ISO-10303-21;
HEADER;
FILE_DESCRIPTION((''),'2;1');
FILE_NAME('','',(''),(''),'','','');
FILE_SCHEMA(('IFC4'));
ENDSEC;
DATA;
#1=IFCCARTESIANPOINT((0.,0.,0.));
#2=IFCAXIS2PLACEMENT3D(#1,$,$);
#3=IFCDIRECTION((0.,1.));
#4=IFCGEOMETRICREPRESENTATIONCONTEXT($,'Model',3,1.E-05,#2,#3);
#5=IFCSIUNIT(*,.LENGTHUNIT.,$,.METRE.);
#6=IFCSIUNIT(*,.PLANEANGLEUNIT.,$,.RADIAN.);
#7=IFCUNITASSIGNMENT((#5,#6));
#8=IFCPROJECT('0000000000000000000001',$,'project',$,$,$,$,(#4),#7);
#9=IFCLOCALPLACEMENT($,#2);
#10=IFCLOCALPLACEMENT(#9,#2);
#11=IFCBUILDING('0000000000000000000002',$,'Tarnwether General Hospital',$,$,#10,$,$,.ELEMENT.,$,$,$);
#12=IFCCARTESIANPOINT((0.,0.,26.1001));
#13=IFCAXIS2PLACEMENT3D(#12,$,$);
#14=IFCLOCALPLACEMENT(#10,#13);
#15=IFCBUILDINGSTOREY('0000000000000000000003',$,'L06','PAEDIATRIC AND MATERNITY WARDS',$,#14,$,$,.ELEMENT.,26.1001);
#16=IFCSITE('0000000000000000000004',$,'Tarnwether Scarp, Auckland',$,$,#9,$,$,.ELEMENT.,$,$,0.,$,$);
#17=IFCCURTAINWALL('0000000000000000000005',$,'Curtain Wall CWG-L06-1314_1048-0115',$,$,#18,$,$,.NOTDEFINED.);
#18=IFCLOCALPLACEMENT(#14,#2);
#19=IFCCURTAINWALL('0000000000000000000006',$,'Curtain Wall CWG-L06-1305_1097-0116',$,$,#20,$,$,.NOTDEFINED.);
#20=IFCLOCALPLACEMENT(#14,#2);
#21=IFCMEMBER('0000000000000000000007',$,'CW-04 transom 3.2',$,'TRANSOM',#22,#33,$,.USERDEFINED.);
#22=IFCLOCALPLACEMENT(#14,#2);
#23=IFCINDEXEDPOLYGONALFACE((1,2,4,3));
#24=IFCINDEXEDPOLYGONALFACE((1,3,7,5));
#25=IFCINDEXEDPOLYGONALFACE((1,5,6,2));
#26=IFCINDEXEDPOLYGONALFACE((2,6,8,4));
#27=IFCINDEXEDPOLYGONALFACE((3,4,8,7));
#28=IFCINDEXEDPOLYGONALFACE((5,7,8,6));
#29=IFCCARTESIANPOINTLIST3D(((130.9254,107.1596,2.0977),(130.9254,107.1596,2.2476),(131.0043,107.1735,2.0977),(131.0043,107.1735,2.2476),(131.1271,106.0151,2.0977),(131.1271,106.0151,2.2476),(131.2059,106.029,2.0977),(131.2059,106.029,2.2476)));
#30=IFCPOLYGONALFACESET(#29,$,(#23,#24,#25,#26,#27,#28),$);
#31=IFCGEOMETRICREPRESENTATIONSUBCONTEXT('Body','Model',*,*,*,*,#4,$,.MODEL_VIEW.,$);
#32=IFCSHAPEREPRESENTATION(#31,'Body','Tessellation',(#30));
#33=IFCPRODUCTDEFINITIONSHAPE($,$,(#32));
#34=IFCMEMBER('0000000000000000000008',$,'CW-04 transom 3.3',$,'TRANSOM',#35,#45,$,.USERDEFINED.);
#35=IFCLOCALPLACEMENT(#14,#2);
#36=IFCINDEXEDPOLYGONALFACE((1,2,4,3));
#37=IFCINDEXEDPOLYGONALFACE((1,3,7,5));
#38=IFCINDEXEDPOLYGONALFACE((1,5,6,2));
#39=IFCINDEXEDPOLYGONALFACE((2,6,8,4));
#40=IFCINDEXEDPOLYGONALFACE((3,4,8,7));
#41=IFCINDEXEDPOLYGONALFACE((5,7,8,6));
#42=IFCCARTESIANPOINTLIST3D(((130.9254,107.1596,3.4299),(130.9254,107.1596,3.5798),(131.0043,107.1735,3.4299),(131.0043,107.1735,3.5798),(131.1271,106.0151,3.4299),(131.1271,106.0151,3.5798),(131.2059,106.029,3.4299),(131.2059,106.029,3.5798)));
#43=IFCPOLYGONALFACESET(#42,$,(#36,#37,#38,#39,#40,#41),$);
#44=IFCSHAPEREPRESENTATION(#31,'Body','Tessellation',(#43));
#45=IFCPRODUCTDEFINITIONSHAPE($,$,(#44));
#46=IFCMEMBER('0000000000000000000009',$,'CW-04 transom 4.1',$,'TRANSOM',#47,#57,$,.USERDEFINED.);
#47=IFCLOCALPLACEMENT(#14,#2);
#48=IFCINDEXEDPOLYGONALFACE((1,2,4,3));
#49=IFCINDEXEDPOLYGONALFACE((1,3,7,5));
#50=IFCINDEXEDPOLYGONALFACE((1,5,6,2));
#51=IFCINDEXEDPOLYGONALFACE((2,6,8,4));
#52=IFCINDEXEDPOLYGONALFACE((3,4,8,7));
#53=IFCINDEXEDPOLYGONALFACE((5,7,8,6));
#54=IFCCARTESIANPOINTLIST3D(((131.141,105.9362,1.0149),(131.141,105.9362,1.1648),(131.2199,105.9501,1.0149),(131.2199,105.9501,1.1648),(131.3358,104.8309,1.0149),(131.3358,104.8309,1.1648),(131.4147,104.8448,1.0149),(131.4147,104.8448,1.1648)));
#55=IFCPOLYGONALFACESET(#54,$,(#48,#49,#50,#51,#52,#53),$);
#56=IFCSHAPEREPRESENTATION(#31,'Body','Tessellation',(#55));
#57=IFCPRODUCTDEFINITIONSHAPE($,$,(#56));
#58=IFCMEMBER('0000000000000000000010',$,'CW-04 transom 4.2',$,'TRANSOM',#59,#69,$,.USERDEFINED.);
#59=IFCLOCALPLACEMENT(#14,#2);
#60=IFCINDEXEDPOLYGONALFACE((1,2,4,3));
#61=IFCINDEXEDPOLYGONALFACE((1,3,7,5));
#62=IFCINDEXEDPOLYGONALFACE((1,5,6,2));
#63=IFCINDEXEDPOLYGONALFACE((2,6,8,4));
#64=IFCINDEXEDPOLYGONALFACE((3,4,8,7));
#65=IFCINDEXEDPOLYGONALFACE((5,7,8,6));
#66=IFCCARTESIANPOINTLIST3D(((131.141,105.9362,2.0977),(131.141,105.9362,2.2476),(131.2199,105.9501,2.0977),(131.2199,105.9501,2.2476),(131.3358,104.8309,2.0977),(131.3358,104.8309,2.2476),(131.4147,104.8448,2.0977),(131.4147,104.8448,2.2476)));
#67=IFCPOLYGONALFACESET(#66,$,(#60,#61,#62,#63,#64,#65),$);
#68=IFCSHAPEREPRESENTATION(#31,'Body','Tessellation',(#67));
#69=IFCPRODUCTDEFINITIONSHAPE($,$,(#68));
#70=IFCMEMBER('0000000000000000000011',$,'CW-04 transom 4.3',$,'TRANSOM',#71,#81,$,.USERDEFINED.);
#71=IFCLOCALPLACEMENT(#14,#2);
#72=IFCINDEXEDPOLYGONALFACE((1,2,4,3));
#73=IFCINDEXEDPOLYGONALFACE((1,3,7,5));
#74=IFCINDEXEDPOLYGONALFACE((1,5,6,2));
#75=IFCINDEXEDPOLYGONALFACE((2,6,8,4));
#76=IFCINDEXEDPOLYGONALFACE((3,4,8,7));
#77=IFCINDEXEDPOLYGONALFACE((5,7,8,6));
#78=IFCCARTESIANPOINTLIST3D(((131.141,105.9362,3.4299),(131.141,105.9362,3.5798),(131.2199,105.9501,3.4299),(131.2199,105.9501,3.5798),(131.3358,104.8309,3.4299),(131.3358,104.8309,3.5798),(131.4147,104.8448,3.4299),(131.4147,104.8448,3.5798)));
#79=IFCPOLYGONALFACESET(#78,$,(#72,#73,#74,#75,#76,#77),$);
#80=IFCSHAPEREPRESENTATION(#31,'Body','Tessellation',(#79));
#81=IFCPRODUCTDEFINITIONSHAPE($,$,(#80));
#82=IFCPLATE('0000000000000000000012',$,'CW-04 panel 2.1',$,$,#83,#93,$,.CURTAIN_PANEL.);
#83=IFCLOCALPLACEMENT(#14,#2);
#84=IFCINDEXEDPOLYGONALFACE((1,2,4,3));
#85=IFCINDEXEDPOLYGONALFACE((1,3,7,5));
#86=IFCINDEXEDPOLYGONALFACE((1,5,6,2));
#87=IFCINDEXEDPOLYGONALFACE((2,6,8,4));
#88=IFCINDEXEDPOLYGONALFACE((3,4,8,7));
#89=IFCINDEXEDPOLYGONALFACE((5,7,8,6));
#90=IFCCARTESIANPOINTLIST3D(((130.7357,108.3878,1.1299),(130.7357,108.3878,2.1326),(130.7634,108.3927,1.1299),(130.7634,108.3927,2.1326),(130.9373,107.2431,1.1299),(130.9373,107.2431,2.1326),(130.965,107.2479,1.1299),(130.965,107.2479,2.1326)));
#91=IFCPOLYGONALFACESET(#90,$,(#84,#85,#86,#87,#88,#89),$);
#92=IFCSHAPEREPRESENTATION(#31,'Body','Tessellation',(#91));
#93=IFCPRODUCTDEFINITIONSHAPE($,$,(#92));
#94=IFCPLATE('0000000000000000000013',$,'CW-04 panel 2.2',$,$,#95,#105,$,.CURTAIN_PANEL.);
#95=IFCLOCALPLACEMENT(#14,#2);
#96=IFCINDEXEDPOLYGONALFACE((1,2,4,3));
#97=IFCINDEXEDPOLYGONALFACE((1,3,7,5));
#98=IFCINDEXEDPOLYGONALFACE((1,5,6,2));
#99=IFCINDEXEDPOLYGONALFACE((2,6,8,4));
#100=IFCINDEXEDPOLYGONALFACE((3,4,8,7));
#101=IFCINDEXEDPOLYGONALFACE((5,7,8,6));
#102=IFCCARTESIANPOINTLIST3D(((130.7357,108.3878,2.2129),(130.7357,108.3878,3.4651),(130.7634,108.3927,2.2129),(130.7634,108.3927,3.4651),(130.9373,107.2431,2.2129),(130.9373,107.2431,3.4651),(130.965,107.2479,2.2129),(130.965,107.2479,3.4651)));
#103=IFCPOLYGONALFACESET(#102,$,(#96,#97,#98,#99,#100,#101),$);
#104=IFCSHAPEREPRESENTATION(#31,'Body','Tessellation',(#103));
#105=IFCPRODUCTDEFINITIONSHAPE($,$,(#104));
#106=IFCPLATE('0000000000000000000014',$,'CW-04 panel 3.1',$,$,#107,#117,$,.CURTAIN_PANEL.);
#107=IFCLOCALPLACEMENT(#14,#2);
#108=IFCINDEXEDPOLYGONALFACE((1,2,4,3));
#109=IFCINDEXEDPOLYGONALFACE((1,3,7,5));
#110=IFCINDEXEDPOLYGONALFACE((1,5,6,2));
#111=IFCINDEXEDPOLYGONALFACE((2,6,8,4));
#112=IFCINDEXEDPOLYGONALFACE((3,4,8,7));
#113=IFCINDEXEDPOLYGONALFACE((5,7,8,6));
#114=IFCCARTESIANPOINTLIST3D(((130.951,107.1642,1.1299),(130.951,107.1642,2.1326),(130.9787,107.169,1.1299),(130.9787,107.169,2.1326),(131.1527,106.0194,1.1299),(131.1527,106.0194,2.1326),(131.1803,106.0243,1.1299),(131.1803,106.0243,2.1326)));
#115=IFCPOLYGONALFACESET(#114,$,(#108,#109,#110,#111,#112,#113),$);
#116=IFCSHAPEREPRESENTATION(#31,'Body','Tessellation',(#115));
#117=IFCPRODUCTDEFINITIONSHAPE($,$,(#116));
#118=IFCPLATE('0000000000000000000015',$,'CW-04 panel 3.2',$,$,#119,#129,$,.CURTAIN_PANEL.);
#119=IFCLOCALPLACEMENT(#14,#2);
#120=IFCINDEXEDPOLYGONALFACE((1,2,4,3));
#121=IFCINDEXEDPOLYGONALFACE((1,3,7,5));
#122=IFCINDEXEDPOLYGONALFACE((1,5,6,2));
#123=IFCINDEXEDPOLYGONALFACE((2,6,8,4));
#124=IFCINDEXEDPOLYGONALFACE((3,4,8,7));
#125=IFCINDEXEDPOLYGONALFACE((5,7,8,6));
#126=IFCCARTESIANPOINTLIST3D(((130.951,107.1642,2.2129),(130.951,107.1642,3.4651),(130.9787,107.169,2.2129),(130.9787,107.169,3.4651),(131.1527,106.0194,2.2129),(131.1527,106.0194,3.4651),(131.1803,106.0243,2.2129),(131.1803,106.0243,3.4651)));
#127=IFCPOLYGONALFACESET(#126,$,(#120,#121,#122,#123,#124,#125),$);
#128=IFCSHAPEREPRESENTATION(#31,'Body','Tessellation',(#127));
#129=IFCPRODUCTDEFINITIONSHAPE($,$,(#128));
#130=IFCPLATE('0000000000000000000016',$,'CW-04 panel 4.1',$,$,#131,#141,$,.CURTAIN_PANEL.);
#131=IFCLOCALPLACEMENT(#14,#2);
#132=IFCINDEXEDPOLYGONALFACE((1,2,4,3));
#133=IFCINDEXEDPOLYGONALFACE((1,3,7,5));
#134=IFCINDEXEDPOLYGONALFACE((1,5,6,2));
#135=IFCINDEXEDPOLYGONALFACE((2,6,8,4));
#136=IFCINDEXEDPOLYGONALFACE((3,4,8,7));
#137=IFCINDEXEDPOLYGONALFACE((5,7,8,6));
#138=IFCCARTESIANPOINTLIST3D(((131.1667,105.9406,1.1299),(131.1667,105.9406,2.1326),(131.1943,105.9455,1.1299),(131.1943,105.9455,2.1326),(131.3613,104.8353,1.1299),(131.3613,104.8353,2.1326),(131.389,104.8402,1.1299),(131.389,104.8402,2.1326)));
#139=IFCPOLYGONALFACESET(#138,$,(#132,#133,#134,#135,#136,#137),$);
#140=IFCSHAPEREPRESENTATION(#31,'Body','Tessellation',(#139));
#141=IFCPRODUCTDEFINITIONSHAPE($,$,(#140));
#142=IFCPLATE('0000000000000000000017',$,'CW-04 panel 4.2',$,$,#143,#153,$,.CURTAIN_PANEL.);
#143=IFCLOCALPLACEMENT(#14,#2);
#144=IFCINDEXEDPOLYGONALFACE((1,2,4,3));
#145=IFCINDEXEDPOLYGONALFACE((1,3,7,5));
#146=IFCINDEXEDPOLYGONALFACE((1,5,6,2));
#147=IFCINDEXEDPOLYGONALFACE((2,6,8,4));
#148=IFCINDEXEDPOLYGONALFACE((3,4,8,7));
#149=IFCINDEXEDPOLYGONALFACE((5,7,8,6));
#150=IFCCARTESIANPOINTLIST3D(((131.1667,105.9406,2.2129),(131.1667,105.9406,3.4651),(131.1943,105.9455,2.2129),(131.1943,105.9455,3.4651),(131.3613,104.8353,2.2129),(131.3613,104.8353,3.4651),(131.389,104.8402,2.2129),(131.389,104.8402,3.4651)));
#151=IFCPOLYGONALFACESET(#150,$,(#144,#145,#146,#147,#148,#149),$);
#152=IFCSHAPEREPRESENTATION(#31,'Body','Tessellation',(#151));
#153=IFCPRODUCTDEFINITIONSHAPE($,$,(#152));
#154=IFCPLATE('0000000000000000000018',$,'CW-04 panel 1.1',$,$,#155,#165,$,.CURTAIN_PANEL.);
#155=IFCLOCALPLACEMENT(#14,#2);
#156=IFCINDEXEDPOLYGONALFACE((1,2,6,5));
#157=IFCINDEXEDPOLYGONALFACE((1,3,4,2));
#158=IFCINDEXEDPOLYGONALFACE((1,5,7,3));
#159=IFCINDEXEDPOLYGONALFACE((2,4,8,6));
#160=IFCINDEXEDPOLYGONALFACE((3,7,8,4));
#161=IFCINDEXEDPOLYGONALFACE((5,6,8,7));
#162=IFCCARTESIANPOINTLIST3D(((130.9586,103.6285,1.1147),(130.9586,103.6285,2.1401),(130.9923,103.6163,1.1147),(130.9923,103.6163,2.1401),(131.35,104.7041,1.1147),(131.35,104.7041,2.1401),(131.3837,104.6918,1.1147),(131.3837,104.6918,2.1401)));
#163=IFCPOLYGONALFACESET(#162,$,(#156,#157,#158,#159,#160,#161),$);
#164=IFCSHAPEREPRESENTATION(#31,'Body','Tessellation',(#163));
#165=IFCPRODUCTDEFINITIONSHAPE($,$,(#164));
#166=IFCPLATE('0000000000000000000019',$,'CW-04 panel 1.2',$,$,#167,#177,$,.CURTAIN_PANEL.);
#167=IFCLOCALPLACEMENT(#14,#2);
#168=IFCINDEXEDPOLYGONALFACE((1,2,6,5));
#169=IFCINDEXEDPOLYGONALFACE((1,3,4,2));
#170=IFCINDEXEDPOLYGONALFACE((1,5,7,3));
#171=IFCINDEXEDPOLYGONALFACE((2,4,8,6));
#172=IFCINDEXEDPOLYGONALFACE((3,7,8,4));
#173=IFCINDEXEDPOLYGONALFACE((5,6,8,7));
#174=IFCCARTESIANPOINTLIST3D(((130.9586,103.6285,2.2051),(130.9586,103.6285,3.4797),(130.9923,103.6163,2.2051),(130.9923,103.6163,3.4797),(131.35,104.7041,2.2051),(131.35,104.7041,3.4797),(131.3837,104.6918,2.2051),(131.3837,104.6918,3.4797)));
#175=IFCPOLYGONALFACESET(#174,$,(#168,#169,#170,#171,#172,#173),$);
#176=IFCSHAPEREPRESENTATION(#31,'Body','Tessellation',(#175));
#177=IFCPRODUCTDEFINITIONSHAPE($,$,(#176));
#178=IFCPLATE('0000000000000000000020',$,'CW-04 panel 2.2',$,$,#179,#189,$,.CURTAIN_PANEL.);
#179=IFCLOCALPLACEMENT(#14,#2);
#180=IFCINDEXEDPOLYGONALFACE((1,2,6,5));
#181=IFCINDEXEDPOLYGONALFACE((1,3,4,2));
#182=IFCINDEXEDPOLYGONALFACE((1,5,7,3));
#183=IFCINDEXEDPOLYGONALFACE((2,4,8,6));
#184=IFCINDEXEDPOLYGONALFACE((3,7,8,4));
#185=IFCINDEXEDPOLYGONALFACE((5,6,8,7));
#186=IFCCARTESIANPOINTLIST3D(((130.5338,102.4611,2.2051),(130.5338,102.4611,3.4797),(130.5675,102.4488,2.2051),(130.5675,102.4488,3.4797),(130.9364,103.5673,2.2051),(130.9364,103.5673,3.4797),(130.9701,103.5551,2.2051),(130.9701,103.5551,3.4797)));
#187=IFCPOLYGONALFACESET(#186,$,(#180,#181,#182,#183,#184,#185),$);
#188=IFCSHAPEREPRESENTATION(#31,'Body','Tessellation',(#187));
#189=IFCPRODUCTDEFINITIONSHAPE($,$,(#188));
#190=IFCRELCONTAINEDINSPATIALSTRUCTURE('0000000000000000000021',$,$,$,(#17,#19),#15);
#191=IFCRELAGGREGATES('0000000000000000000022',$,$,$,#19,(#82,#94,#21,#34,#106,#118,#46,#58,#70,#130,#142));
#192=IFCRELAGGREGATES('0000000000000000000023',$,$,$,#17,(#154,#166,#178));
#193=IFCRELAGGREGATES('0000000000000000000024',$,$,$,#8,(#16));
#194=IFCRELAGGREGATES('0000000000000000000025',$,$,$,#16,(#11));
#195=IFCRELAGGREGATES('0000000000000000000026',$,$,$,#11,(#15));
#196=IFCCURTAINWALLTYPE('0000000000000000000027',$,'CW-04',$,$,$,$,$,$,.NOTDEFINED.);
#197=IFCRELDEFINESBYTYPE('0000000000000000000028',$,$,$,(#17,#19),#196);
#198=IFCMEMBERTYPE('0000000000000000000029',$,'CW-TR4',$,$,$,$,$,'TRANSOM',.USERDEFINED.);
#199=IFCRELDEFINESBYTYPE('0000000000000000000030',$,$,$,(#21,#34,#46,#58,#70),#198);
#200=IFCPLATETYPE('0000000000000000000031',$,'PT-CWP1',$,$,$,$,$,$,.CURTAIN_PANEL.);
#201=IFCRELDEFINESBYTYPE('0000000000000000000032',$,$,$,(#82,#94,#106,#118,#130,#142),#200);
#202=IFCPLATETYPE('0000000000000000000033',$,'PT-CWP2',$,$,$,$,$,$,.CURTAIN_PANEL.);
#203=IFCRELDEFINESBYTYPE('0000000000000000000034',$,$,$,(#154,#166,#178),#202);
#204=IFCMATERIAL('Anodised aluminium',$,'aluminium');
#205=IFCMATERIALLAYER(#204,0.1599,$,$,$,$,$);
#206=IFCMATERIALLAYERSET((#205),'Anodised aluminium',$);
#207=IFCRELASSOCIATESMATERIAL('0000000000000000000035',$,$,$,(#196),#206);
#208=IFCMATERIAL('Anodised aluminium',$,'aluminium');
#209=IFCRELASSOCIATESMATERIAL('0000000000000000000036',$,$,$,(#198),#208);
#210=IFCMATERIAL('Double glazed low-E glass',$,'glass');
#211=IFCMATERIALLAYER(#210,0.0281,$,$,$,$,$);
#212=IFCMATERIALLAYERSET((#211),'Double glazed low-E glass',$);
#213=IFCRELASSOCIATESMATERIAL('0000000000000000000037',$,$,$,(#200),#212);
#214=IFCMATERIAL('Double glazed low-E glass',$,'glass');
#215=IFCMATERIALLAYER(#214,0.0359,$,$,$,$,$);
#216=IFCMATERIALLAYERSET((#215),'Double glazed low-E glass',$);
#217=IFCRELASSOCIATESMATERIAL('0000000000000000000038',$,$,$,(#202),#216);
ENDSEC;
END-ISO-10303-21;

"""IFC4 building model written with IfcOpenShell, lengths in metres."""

from ifc_helpers import new_model, si_unit, direction, frame, origin, origin_2d, place, context, subcontext, project, spatial, rectangle, extrude, material, layer, layer_set, material_profile, profile_set, type_object, element, aggregate, save


model = new_model("IFC4")

# Units and contexts
model_context = context("Model", 3, precision=1e-05, world=origin(), true_north=direction((0.0, 1.0)))
body_context = subcontext(model_context, "Body", "Model", "MODEL_VIEW")
ifc_project = project(units=[si_unit("LENGTHUNIT", "METRE"), si_unit("PLANEANGLEUNIT", "RADIAN")], contexts=[model_context])

# Site, building, storey
site_placement = place(None, origin())
site = spatial("IfcSite", under=ifc_project, at=site_placement, Name="Tarnwether Scarp, Auckland", CompositionType="ELEMENT", RefElevation=0.0)
building_placement = place(site_placement, origin())
building = spatial("IfcBuilding", under=site, at=building_placement, Name="Tarnwether General Hospital", CompositionType="ELEMENT")
storey_placement = place(building_placement, frame((0.0, 0.0, 26.1001)))
storey = spatial("IfcBuildingStorey", under=building, at=storey_placement, Name="L06", Description="PAEDIATRIC AND MATERNITY WARDS", CompositionType="ELEMENT", Elevation=26.1001)

# Curtain walls
ifc_material_1 = material(Name="Anodised aluminium", Category="aluminium")
ifc_layer_1 = layer(ifc_material_1, 0.1599)
ifc_layer_set_1 = layer_set([ifc_layer_1], Name="Anodised aluminium")
curtain_wall_type = type_object("IfcCurtainWallType", Name="CW-04", PredefinedType="NOTDEFINED", material=ifc_layer_set_1)
curtain_wall_1_placement = place(storey_placement, origin())
curtain_wall_1 = element("IfcCurtainWall", 1, at=curtain_wall_1_placement, inside=storey, type_object=curtain_wall_type, Name="Curtain Wall CWG-L06-1314_1048-0115", PredefinedType="NOTDEFINED")
curtain_wall_2_placement = place(storey_placement, origin())
curtain_wall_2 = element("IfcCurtainWall", 2, at=curtain_wall_2_placement, inside=storey, type_object=curtain_wall_type, Name="Curtain Wall CWG-L06-1305_1097-0116", PredefinedType="NOTDEFINED")

# Members
ifc_material_2 = material(Name="Anodised aluminium", Category="aluminium")
ifc_material_profile_1 = material_profile(ifc_material_2, rectangle(XDim=0.0801, YDim=0.1499, at=origin_2d()), Name="ALU-TRN-80x150")
ifc_profile_set_1 = profile_set([ifc_material_profile_1], Name="Anodised aluminium")
member_type_1 = type_object("IfcMemberType", Name="CW-TR4", ElementType="TRANSOM", PredefinedType="USERDEFINED", material=ifc_profile_set_1)
member_1_placement = place(storey_placement, frame((130.9648, 107.1665, 2.1726), z_axis=(0.173522, -0.98483, 0.0), x_axis=(0.98483, 0.173522, 0.0)))
member_1 = element("IfcMember", 3, at=member_1_placement, type_object=member_type_1, Name="CW-04 transom 3.2", ObjectType="TRANSOM", PredefinedType="USERDEFINED", context=body_context, shape_type="SweptSolid", body=[
    extrude(rectangle(XDim=0.0801, YDim=0.1499, at=origin_2d()), origin(), (0.0, 0.0, 1.0), 1.1621),
])
member_2_placement = place(storey_placement, frame((130.9648, 107.1665, 3.5049), z_axis=(0.173522, -0.98483, 0.0), x_axis=(0.98483, 0.173522, 0.0)))
member_2 = element("IfcMember", 4, at=member_2_placement, type_object=member_type_1, Name="CW-04 transom 3.3", ObjectType="TRANSOM", PredefinedType="USERDEFINED", context=body_context, shape_type="SweptSolid", body=[
    extrude(rectangle(XDim=0.0801, YDim=0.1499, at=origin_2d()), origin(), (0.0, 0.0, 1.0), 1.1621),
])
member_3_placement = place(storey_placement, frame((131.1804, 105.9431, 1.0898), z_axis=(0.173599, -0.984816, 0.0), x_axis=(0.984816, 0.173599, 0.0)))
member_3 = element("IfcMember", 5, at=member_3_placement, type_object=member_type_1, Name="CW-04 transom 4.1", ObjectType="TRANSOM", PredefinedType="USERDEFINED", context=body_context, shape_type="SweptSolid", body=[
    extrude(rectangle(XDim=0.0801, YDim=0.1499, at=origin_2d()), origin(), (0.0, 0.0, 1.0), 1.1223),
])
member_4_placement = place(storey_placement, frame((131.1804, 105.9431, 2.1726), z_axis=(0.173599, -0.984816, 0.0), x_axis=(0.984816, 0.173599, 0.0)))
member_4 = element("IfcMember", 6, at=member_4_placement, type_object=member_type_1, Name="CW-04 transom 4.2", ObjectType="TRANSOM", PredefinedType="USERDEFINED", context=body_context, shape_type="SweptSolid", body=[
    extrude(rectangle(XDim=0.0801, YDim=0.1499, at=origin_2d()), origin(), (0.0, 0.0, 1.0), 1.1223),
])
member_5_placement = place(storey_placement, frame((131.1804, 105.9431, 3.5049), z_axis=(0.173599, -0.984816, 0.0), x_axis=(0.984816, 0.173599, 0.0)))
member_5 = element("IfcMember", 7, at=member_5_placement, type_object=member_type_1, Name="CW-04 transom 4.3", ObjectType="TRANSOM", PredefinedType="USERDEFINED", context=body_context, shape_type="SweptSolid", body=[
    extrude(rectangle(XDim=0.0801, YDim=0.1499, at=origin_2d()), origin(), (0.0, 0.0, 1.0), 1.1223),
])

# Plates
ifc_material_3 = material(Name="Double glazed low-E glass", Category="glass")
ifc_layer_2 = layer(ifc_material_3, 0.0281)
ifc_layer_set_2 = layer_set([ifc_layer_2], Name="Double glazed low-E glass")
plate_type_1 = type_object("IfcPlateType", Name="PT-CWP1", PredefinedType="CURTAIN_PANEL", material=ifc_layer_set_2)
plate_1_placement = place(storey_placement, frame((130.8503, 107.8179, 1.1299), z_axis=(0.0, 0.0, 1.0), x_axis=(0.173464, -0.98484, 0.0)))
plate_1 = element("IfcPlate", 8, at=plate_1_placement, type_object=plate_type_1, Name="CW-04 panel 2.1", PredefinedType="CURTAIN_PANEL", context=body_context, shape_type="SweptSolid", body=[
    extrude(rectangle(XDim=1.1624, YDim=0.0281, at=origin_2d()), origin(), (0.0, 0.0, 1.0), 1.0027),
])
plate_2_placement = place(storey_placement, frame((130.8503, 107.8179, 2.2129), z_axis=(0.0, 0.0, 1.0), x_axis=(0.173464, -0.98484, 0.0)))
plate_2 = element("IfcPlate", 9, at=plate_2_placement, type_object=plate_type_1, Name="CW-04 panel 2.2", PredefinedType="CURTAIN_PANEL", context=body_context, shape_type="SweptSolid", body=[
    extrude(rectangle(XDim=1.1624, YDim=0.0281, at=origin_2d()), origin(), (0.0, 0.0, 1.0), 1.2522),
])
plate_3_placement = place(storey_placement, frame((131.0657, 106.5942, 1.1299), z_axis=(0.0, 0.0, 1.0), x_axis=(0.173464, -0.98484, 0.0)))
plate_3 = element("IfcPlate", 10, at=plate_3_placement, type_object=plate_type_1, Name="CW-04 panel 3.1", PredefinedType="CURTAIN_PANEL", context=body_context, shape_type="SweptSolid", body=[
    extrude(rectangle(XDim=1.1624, YDim=0.0281, at=origin_2d()), origin(), (0.0, 0.0, 1.0), 1.0027),
])
plate_4_placement = place(storey_placement, frame((131.0657, 106.5942, 2.2129), z_axis=(0.0, 0.0, 1.0), x_axis=(0.173464, -0.98484, 0.0)))
plate_4 = element("IfcPlate", 11, at=plate_4_placement, type_object=plate_type_1, Name="CW-04 panel 3.2", PredefinedType="CURTAIN_PANEL", context=body_context, shape_type="SweptSolid", body=[
    extrude(rectangle(XDim=1.1624, YDim=0.0281, at=origin_2d()), origin(), (0.0, 0.0, 1.0), 1.2522),
])
plate_5_placement = place(storey_placement, frame((131.2778, 105.3904, 1.1299), z_axis=(0.0, 0.0, 1.0), x_axis=(0.173464, -0.98484, 0.0)))
plate_5 = element("IfcPlate", 12, at=plate_5_placement, type_object=plate_type_1, Name="CW-04 panel 4.1", PredefinedType="CURTAIN_PANEL", context=body_context, shape_type="SweptSolid", body=[
    extrude(rectangle(XDim=1.1223, YDim=0.0281, at=origin_2d()), origin(), (0.0, 0.0, 1.0), 1.0027),
])
plate_6_placement = place(storey_placement, frame((131.2778, 105.3904, 2.2129), z_axis=(0.0, 0.0, 1.0), x_axis=(0.173464, -0.98484, 0.0)))
plate_6 = element("IfcPlate", 13, at=plate_6_placement, type_object=plate_type_1, Name="CW-04 panel 4.2", PredefinedType="CURTAIN_PANEL", context=body_context, shape_type="SweptSolid", body=[
    extrude(rectangle(XDim=1.1223, YDim=0.0281, at=origin_2d()), origin(), (0.0, 0.0, 1.0), 1.2522),
])
aggregate(curtain_wall_2, [plate_1, plate_2, member_1, member_2, plate_3, plate_4, member_3, member_4, member_5, plate_5, plate_6])
ifc_material_4 = material(Name="Double glazed low-E glass", Category="glass")
ifc_layer_3 = layer(ifc_material_4, 0.0359)
ifc_layer_set_3 = layer_set([ifc_layer_3], Name="Double glazed low-E glass")
plate_type_2 = type_object("IfcPlateType", Name="PT-CWP2", PredefinedType="CURTAIN_PANEL", material=ifc_layer_set_3)
plate_7_placement = place(storey_placement, frame((131.1711, 104.1602, 1.1147), z_axis=(0.0, 0.0, 1.0), x_axis=(-0.341953, -0.939717, 0.0)))
plate_7 = element("IfcPlate", 14, at=plate_7_placement, type_object=plate_type_2, Name="CW-04 panel 1.1", PredefinedType="CURTAIN_PANEL", context=body_context, shape_type="SweptSolid", body=[
    extrude(rectangle(XDim=1.1445, YDim=0.0359, at=origin_2d()), origin(), (0.0, 0.0, 1.0), 1.0254),
])
plate_8_placement = place(storey_placement, frame((131.1711, 104.1602, 2.2051), z_axis=(0.0, 0.0, 1.0), x_axis=(-0.341953, -0.939717, 0.0)))
plate_8 = element("IfcPlate", 15, at=plate_8_placement, type_object=plate_type_2, Name="CW-04 panel 1.2", PredefinedType="CURTAIN_PANEL", context=body_context, shape_type="SweptSolid", body=[
    extrude(rectangle(XDim=1.1445, YDim=0.0359, at=origin_2d()), origin(), (0.0, 0.0, 1.0), 1.2747),
])
plate_9_placement = place(storey_placement, frame((130.752, 103.0081, 2.2051), z_axis=(0.0, 0.0, 1.0), x_axis=(-0.341953, -0.939717, 0.0)))
plate_9 = element("IfcPlate", 16, at=plate_9_placement, type_object=plate_type_2, Name="CW-04 panel 2.2", PredefinedType="CURTAIN_PANEL", context=body_context, shape_type="SweptSolid", body=[
    extrude(rectangle(XDim=1.1772, YDim=0.0359, at=origin_2d()), origin(), (0.0, 0.0, 1.0), 1.2747),
])
aggregate(curtain_wall_1, [plate_7, plate_8, plate_9])

save(model, "model.ifc")
